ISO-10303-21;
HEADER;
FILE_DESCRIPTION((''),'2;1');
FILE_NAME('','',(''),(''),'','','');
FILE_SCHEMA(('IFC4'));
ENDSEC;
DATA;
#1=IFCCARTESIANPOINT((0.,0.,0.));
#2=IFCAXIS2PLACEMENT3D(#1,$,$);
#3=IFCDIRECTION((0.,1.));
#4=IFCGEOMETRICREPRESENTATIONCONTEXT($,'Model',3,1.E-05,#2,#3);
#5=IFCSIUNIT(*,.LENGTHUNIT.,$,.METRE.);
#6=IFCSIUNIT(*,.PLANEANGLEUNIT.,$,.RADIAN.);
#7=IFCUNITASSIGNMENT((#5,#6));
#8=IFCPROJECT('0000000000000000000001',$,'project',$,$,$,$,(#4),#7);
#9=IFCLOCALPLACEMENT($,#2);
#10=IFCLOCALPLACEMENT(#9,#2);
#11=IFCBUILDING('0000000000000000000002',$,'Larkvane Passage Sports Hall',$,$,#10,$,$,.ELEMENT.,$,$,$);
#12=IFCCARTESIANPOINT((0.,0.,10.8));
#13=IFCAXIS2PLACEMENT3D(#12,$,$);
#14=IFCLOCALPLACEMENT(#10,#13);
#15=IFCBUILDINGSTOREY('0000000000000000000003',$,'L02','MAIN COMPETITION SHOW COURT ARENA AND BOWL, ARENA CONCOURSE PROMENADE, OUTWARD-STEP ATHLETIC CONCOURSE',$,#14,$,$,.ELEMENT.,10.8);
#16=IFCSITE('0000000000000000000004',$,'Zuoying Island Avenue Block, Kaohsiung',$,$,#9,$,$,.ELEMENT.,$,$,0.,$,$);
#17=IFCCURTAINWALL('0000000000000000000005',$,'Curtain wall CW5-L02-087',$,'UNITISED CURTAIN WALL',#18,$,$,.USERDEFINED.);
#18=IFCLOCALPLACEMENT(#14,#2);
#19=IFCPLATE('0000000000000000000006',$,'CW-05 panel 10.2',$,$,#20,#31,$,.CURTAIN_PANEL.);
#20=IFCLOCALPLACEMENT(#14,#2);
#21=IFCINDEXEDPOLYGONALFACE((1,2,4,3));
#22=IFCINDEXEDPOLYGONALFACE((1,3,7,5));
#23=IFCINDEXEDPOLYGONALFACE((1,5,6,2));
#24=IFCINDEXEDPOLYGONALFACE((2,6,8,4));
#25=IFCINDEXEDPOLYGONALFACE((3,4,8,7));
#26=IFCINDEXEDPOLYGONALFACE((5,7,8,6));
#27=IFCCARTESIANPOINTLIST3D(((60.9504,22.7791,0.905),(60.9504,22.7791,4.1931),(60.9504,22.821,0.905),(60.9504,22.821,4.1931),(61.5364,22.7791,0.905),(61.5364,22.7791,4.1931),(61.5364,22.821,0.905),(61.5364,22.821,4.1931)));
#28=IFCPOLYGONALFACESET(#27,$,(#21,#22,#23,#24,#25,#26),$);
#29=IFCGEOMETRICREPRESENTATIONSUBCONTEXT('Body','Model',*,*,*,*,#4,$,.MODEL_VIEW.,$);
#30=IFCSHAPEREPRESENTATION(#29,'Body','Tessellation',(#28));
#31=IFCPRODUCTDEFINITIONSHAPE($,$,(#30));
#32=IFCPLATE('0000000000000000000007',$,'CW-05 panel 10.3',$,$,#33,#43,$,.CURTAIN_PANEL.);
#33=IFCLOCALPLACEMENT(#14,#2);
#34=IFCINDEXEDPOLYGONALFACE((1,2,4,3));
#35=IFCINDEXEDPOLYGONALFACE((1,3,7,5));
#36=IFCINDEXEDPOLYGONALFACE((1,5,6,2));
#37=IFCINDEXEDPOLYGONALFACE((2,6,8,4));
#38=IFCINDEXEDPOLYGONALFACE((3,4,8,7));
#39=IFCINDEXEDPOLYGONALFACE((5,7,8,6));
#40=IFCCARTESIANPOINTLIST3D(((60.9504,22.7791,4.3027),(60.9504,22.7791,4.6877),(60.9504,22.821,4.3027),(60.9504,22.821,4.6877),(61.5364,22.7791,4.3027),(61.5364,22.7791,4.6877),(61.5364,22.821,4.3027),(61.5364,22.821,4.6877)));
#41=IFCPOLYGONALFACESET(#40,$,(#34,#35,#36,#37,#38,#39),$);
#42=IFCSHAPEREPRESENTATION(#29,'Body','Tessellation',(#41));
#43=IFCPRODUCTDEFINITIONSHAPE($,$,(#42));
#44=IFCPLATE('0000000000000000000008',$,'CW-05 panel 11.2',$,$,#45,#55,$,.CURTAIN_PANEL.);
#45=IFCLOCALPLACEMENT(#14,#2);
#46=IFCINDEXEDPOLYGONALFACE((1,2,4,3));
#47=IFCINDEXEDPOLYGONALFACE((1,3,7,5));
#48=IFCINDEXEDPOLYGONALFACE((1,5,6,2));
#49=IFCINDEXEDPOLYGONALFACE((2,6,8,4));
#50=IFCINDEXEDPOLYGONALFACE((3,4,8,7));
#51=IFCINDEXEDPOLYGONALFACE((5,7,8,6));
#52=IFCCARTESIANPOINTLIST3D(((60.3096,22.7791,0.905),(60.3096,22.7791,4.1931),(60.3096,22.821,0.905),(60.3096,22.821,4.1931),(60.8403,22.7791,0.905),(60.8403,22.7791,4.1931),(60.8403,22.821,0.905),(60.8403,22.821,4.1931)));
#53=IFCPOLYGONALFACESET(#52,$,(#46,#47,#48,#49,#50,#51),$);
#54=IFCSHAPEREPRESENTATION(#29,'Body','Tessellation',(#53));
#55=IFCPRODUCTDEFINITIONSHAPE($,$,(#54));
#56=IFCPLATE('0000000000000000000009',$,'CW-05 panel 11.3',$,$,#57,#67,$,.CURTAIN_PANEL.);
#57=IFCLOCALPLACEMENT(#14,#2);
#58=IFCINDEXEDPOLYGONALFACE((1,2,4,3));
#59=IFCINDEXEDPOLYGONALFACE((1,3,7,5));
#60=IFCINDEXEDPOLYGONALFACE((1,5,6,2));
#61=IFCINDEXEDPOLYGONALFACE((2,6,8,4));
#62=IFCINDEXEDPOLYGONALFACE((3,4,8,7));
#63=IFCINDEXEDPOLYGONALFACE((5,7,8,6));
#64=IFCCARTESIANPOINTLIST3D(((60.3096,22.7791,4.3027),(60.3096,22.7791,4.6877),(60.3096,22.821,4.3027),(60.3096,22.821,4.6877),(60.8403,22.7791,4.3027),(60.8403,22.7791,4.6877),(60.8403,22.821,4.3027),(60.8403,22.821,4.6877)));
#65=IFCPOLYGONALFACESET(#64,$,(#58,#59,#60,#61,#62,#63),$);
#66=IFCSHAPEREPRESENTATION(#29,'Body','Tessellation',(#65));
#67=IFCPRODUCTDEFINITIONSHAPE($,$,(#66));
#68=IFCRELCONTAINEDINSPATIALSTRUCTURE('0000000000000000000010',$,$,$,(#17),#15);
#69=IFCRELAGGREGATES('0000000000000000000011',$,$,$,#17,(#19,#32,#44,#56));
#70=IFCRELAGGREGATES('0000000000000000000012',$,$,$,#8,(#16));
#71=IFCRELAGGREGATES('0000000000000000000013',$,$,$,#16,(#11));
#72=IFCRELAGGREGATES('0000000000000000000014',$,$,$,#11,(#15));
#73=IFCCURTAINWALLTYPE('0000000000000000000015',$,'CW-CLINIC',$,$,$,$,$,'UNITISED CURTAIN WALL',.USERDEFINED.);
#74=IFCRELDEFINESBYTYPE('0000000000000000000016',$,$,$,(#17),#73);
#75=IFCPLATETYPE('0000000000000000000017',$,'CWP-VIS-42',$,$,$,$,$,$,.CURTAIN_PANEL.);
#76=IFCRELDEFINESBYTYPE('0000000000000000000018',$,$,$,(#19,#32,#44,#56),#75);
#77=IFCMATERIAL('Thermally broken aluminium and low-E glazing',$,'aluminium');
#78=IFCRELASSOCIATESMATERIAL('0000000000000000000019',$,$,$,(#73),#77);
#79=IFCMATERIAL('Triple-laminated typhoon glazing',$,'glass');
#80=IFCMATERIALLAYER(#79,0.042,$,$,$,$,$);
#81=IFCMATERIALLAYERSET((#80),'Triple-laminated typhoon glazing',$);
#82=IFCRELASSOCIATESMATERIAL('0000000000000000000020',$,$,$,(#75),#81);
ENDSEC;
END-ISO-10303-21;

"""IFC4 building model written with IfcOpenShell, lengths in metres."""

from ifc_helpers import new_model, si_unit, direction, frame, origin, origin_2d, place, context, subcontext, project, spatial, rectangle, extrude, material, layer, layer_set, type_object, element, aggregate, save


model = new_model("IFC4")

# Units and contexts
model_context = context("Model", 3, precision=1e-05, world=origin(), true_north=direction((0.0, 1.0)))
body_context = subcontext(model_context, "Body", "Model", "MODEL_VIEW")
ifc_project = project(units=[si_unit("LENGTHUNIT", "METRE"), si_unit("PLANEANGLEUNIT", "RADIAN")], contexts=[model_context])

# Site, building, storey
site_placement = place(None, origin())
site = spatial("IfcSite", under=ifc_project, at=site_placement, Name="Zuoying Island Avenue Block, Kaohsiung", CompositionType="ELEMENT", RefElevation=0.0)
building_placement = place(site_placement, origin())
building = spatial("IfcBuilding", under=site, at=building_placement, Name="Larkvane Passage Sports Hall", CompositionType="ELEMENT")
storey_placement = place(building_placement, frame((0.0, 0.0, 10.8)))
storey = spatial("IfcBuildingStorey", under=building, at=storey_placement, Name="L02", Description="MAIN COMPETITION SHOW COURT ARENA AND BOWL, ARENA CONCOURSE PROMENADE, OUTWARD-STEP ATHLETIC CONCOURSE", CompositionType="ELEMENT", Elevation=10.8)

# Curtain wall
ifc_material_1 = material(Name="Thermally broken aluminium and low-E glazing", Category="aluminium")
curtain_wall_type = type_object("IfcCurtainWallType", Name="CW-CLINIC", ElementType="UNITISED CURTAIN WALL", PredefinedType="USERDEFINED", material=ifc_material_1)
curtain_wall_placement = place(storey_placement, origin())
curtain_wall = element("IfcCurtainWall", 1, at=curtain_wall_placement, inside=storey, type_object=curtain_wall_type, Name="Curtain wall CW5-L02-087", ObjectType="UNITISED CURTAIN WALL", PredefinedType="USERDEFINED")

# Plates
ifc_material_2 = material(Name="Triple-laminated typhoon glazing", Category="glass")
ifc_layer_1 = layer(ifc_material_2, 0.042)
ifc_layer_set_1 = layer_set([ifc_layer_1], Name="Triple-laminated typhoon glazing")
plate_type_1 = type_object("IfcPlateType", Name="CWP-VIS-42", PredefinedType="CURTAIN_PANEL", material=ifc_layer_set_1)
plate_1_placement = place(storey_placement, frame((61.2434, 22.8, 0.905), z_axis=(0.0, 0.0, 1.0), x_axis=(-1.0, 0.0, 0.0)))
plate_1 = element("IfcPlate", 2, at=plate_1_placement, type_object=plate_type_1, Name="CW-05 panel 10.2", PredefinedType="CURTAIN_PANEL", context=body_context, shape_type="SweptSolid", body=[
    extrude(rectangle(XDim=0.5859, YDim=0.042, at=origin_2d()), origin(), (0.0, 0.0, 1.0), 3.2881),
])
plate_2_placement = place(storey_placement, frame((61.2434, 22.8, 4.3027), z_axis=(0.0, 0.0, 1.0), x_axis=(-1.0, 0.0, 0.0)))
plate_2 = element("IfcPlate", 3, at=plate_2_placement, type_object=plate_type_1, Name="CW-05 panel 10.3", PredefinedType="CURTAIN_PANEL", context=body_context, shape_type="SweptSolid", body=[
    extrude(rectangle(XDim=0.5859, YDim=0.042, at=origin_2d()), origin(), (0.0, 0.0, 1.0), 0.385),
])
plate_3_placement = place(storey_placement, frame((60.575, 22.8, 0.905), z_axis=(0.0, 0.0, 1.0), x_axis=(-1.0, 0.0, 0.0)))
plate_3 = element("IfcPlate", 4, at=plate_3_placement, type_object=plate_type_1, Name="CW-05 panel 11.2", PredefinedType="CURTAIN_PANEL", context=body_context, shape_type="SweptSolid", body=[
    extrude(rectangle(XDim=0.5308, YDim=0.042, at=origin_2d()), origin(), (0.0, 0.0, 1.0), 3.2881),
])
plate_4_placement = place(storey_placement, frame((60.575, 22.8, 4.3027), z_axis=(0.0, 0.0, 1.0), x_axis=(-1.0, 0.0, 0.0)))
plate_4 = element("IfcPlate", 5, at=plate_4_placement, type_object=plate_type_1, Name="CW-05 panel 11.3", PredefinedType="CURTAIN_PANEL", context=body_context, shape_type="SweptSolid", body=[
    extrude(rectangle(XDim=0.5308, YDim=0.042, at=origin_2d()), origin(), (0.0, 0.0, 1.0), 0.385),
])
aggregate(curtain_wall, [plate_1, plate_2, plate_3, plate_4])

save(model, "model.ifc")
